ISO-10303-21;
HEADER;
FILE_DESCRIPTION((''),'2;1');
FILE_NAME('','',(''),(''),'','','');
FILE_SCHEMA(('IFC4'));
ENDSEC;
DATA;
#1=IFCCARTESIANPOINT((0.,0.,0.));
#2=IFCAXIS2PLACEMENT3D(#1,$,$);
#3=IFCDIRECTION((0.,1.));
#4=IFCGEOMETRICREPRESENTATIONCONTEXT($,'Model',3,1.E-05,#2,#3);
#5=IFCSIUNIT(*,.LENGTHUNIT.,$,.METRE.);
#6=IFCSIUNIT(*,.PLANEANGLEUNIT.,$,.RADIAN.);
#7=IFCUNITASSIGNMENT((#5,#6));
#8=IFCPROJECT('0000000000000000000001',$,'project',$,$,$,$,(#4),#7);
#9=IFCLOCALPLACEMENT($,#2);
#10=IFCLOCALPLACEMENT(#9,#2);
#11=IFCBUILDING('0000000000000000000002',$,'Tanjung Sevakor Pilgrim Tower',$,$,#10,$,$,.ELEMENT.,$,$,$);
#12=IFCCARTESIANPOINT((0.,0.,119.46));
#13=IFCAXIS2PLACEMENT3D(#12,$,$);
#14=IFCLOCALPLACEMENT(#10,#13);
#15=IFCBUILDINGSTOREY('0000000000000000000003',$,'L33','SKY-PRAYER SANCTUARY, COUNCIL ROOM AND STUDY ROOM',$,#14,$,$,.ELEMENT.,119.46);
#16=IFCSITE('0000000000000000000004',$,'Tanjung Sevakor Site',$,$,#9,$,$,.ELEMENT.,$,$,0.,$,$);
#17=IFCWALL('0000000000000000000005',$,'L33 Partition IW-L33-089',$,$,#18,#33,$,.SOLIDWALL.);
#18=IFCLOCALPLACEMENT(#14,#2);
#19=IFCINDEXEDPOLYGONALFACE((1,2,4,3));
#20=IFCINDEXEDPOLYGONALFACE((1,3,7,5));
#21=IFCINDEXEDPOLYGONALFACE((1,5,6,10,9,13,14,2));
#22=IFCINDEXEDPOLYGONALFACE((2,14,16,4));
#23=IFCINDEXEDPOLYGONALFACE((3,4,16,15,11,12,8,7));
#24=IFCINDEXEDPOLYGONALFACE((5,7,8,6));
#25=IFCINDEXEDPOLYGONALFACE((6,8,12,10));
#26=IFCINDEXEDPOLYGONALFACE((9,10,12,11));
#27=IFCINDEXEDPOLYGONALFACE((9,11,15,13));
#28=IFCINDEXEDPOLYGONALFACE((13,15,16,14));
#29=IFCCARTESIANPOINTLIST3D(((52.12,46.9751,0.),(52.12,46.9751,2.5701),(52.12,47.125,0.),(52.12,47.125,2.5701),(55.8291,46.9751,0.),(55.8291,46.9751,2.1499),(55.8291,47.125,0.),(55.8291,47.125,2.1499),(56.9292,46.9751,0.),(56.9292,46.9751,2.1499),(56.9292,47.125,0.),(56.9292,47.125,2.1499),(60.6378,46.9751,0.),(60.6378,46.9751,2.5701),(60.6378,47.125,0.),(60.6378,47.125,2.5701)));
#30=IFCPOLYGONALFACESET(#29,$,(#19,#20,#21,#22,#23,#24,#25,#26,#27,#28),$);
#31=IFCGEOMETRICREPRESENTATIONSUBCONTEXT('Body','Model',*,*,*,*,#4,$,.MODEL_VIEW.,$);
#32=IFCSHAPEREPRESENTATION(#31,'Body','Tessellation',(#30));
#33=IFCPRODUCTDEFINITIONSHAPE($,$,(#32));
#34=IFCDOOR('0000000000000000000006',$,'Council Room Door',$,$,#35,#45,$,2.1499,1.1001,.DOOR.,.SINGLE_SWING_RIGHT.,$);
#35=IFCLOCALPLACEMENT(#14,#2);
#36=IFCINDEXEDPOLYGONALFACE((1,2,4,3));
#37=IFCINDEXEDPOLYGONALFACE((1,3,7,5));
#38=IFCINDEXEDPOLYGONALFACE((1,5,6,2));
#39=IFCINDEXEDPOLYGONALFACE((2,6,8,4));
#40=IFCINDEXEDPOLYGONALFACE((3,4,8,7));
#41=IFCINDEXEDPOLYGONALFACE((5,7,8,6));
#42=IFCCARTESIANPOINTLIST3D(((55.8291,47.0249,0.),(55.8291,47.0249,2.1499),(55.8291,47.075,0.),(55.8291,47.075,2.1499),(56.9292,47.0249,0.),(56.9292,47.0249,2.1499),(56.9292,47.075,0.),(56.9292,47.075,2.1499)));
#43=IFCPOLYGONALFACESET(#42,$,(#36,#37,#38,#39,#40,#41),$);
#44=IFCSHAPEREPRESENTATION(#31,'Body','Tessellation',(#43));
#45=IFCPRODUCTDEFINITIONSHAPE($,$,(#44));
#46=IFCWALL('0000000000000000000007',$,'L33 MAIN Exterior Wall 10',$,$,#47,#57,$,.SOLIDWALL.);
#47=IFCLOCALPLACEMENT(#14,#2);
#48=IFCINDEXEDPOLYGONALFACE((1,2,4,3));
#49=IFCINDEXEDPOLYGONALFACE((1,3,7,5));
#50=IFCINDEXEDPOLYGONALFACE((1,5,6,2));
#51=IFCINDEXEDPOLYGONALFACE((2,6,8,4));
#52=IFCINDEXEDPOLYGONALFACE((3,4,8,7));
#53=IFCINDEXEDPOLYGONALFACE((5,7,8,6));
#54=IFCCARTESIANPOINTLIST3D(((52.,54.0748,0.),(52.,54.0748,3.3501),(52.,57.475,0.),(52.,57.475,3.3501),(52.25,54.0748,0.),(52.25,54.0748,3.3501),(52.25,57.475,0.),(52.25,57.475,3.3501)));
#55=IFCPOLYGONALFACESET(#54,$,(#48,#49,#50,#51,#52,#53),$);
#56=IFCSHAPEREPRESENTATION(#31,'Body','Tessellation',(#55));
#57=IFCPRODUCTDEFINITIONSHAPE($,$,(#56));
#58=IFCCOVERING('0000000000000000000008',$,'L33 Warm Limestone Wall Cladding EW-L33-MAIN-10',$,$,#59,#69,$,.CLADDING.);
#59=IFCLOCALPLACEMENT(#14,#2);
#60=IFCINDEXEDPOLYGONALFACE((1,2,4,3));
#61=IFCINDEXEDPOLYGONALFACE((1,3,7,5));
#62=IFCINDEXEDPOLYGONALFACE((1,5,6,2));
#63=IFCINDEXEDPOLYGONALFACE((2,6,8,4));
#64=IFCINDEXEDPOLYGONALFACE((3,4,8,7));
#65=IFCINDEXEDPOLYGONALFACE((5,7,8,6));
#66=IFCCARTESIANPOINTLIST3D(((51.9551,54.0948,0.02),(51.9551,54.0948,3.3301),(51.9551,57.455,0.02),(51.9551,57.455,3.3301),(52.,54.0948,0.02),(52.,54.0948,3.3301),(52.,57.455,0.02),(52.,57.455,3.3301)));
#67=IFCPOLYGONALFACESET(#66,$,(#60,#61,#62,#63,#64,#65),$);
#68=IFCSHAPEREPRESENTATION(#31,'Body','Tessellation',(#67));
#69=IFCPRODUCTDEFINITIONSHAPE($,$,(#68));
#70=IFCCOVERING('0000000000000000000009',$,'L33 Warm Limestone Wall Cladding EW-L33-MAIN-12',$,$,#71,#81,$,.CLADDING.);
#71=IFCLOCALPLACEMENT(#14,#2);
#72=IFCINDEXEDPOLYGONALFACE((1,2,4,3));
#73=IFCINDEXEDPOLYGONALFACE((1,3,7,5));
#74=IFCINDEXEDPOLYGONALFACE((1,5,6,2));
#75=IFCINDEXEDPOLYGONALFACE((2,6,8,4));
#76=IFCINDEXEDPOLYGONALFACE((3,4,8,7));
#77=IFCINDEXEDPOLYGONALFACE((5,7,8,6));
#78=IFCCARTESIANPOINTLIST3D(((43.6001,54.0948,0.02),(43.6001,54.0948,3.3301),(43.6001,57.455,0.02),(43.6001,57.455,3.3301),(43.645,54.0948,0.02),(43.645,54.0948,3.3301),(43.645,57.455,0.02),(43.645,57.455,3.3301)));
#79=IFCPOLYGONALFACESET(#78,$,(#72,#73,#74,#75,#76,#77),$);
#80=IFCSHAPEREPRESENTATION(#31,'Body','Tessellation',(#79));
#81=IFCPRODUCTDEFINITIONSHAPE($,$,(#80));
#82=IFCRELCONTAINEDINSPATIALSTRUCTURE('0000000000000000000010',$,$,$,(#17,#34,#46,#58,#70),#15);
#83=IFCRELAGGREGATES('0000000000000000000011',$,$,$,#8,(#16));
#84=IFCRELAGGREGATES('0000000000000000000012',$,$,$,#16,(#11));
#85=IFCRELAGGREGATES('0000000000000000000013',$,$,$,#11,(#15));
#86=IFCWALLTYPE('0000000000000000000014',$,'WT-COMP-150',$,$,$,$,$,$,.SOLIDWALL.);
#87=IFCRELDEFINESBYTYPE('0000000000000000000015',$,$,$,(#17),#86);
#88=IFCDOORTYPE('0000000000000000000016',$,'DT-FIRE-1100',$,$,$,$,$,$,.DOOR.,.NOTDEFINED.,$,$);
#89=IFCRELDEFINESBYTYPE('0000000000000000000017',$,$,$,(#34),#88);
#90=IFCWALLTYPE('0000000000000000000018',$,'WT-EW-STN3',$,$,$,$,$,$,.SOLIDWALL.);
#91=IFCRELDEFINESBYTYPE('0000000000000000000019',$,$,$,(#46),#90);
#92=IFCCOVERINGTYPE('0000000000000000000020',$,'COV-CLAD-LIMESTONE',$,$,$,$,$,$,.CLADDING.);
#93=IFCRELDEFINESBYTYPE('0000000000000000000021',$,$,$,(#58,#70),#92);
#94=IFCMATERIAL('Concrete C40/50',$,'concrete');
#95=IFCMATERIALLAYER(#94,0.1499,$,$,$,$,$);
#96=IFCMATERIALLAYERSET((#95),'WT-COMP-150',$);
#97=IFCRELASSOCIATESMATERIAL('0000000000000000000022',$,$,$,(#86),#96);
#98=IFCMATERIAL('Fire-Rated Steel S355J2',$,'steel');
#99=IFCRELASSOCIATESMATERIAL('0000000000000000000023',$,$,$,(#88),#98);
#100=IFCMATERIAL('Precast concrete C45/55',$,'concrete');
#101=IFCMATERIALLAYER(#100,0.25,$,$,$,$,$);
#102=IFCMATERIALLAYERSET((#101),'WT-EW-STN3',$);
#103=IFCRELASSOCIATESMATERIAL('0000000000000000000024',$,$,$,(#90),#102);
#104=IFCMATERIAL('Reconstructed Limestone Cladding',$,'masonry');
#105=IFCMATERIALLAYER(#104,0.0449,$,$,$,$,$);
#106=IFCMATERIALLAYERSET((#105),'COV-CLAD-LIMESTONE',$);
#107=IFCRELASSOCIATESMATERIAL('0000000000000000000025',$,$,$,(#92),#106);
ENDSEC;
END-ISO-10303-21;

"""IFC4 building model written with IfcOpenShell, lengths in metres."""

from ifc_helpers import new_model, si_unit, direction, frame, frame_2d, origin, origin_2d, place, context, subcontext, project, spatial, rectangle, extrude, material, layer, layer_set, type_object, element, fill, save


model = new_model("IFC4")

# Units and contexts
model_context = context("Model", 3, precision=1e-05, world=origin(), true_north=direction((0.0, 1.0)))
body_context = subcontext(model_context, "Body", "Model", "MODEL_VIEW")
ifc_project = project(units=[si_unit("LENGTHUNIT", "METRE"), si_unit("PLANEANGLEUNIT", "RADIAN")], contexts=[model_context])

# Site, building, storey
site_placement = place(None, origin())
site = spatial("IfcSite", under=ifc_project, at=site_placement, Name="Tanjung Sevakor Site", CompositionType="ELEMENT", RefElevation=0.0)
building_placement = place(site_placement, origin())
building = spatial("IfcBuilding", under=site, at=building_placement, Name="Tanjung Sevakor Pilgrim Tower", CompositionType="ELEMENT")
storey_placement = place(building_placement, frame((0.0, 0.0, 119.46)))
storey = spatial("IfcBuildingStorey", under=building, at=storey_placement, Name="L33", Description="SKY-PRAYER SANCTUARY, COUNCIL ROOM AND STUDY ROOM", CompositionType="ELEMENT", Elevation=119.46)

# Shared definitions
ifc_material_1 = material(Name="Concrete C40/50", Category="concrete")
ifc_layer_1 = layer(ifc_material_1, 0.1499)
ifc_layer_set_1 = layer_set([ifc_layer_1], Name="WT-COMP-150")
wall_type_1 = type_object("IfcWallType", Name="WT-COMP-150", PredefinedType="SOLIDWALL", material=ifc_layer_set_1)

# Wall, opening, door
wall_1_placement = place(storey_placement, frame((52.1201, 47.05, 0.0), z_axis=(0.0, 0.0, 1.0), x_axis=(1.0, 0.0, 0.0)))
wall_1 = element("IfcWall", 1, at=wall_1_placement, inside=storey, type_object=wall_type_1, Name="L33 Partition IW-L33-089", PredefinedType="SOLIDWALL", context=body_context, shape_type="SweptSolid", body=[
    extrude(rectangle(XDim=8.5178, YDim=0.1499, at=frame_2d((4.2588, 0.0))), origin(), (0.0, 0.0, 1.0), 2.5701),
])
opening_1_placement = place(wall_1_placement, frame((3.709, 0.0, 0.0)))
opening_1 = element("IfcOpeningElement", 2, at=opening_1_placement, cuts=wall_1, PredefinedType="OPENING", context=body_context, shape_type="SweptSolid", body=[
    extrude(rectangle(XDim=1.1001, YDim=2.1499, at=frame_2d((0.55, 1.075))), frame((0.0, 0.085, 0.0), z_axis=(0.0, -1.0, 0.0), x_axis=(1.0, 0.0, 0.0)), (0.0, 0.0, 1.0), 0.1699),
])
ifc_material_2 = material(Name="Fire-Rated Steel S355J2", Category="steel")
door_type_1 = type_object("IfcDoorType", Name="DT-FIRE-1100", OperationType="NOTDEFINED", PredefinedType="DOOR", material=ifc_material_2)
door_1_placement = place(opening_1_placement, origin())
door_1 = element("IfcDoor", 3, at=door_1_placement, inside=storey, type_object=door_type_1, Name="Council Room Door", OperationType="SINGLE_SWING_RIGHT", OverallHeight=2.1499, OverallWidth=1.1001, PredefinedType="DOOR", context=body_context, shape_type="SweptSolid", body=[
    extrude(rectangle(XDim=1.1001, YDim=2.1499, at=frame_2d((0.55, 1.075))), frame((0.0, 0.0249, 0.0), z_axis=(0.0, -1.0, 0.0), x_axis=(1.0, 0.0, 0.0)), (0.0, 0.0, 1.0), 0.05),
])
fill(opening_1, door_1)

# Wall
ifc_material_3 = material(Name="Precast concrete C45/55", Category="concrete")
ifc_layer_2 = layer(ifc_material_3, 0.25)
ifc_layer_set_2 = layer_set([ifc_layer_2], Name="WT-EW-STN3")
wall_type_2 = type_object("IfcWallType", Name="WT-EW-STN3", PredefinedType="SOLIDWALL", material=ifc_layer_set_2)
wall_2_placement = place(storey_placement, frame((52.125, 57.4751, 0.0), z_axis=(0.0, 0.0, 1.0), x_axis=(0.0, -1.0, 0.0)))
element("IfcWall", 4, at=wall_2_placement, inside=storey, type_object=wall_type_2, Name="L33 MAIN Exterior Wall 10", PredefinedType="SOLIDWALL", context=body_context, shape_type="SweptSolid", body=[
    extrude(rectangle(XDim=3.4001, YDim=0.25, at=frame_2d((1.7002, 0.0))), origin(), (0.0, 0.0, 1.0), 3.3501),
])

# Coverings
ifc_material_4 = material(Name="Reconstructed Limestone Cladding", Category="masonry")
ifc_layer_3 = layer(ifc_material_4, 0.0449)
ifc_layer_set_3 = layer_set([ifc_layer_3], Name="COV-CLAD-LIMESTONE")
covering_type = type_object("IfcCoveringType", Name="COV-CLAD-LIMESTONE", PredefinedType="CLADDING", material=ifc_layer_set_3)
for number, where, z_axis, x_axis, name in (
    (5, (51.9775, 55.7749, 0.02), (0.0, 0.0, 1.0), (0.0, -1.0, 0.0), "L33 Warm Limestone Wall Cladding EW-L33-MAIN-10"),
    (6, (43.6226, 55.7749, 0.02), (0.0, 0.0, 1.0), (0.0, 1.0, 0.0), "L33 Warm Limestone Wall Cladding EW-L33-MAIN-12"),
):
    element("IfcCovering", number, at=place(storey_placement, frame(where, z_axis=z_axis, x_axis=x_axis)), inside=storey, type_object=covering_type, Name=name, PredefinedType="CLADDING", context=body_context, shape_type="SweptSolid", body=[
        extrude(rectangle(XDim=3.3601, YDim=0.0449, at=origin_2d()), origin(), (0.0, 0.0, 1.0), 3.3101),
    ])

save(model, "model.ifc")
